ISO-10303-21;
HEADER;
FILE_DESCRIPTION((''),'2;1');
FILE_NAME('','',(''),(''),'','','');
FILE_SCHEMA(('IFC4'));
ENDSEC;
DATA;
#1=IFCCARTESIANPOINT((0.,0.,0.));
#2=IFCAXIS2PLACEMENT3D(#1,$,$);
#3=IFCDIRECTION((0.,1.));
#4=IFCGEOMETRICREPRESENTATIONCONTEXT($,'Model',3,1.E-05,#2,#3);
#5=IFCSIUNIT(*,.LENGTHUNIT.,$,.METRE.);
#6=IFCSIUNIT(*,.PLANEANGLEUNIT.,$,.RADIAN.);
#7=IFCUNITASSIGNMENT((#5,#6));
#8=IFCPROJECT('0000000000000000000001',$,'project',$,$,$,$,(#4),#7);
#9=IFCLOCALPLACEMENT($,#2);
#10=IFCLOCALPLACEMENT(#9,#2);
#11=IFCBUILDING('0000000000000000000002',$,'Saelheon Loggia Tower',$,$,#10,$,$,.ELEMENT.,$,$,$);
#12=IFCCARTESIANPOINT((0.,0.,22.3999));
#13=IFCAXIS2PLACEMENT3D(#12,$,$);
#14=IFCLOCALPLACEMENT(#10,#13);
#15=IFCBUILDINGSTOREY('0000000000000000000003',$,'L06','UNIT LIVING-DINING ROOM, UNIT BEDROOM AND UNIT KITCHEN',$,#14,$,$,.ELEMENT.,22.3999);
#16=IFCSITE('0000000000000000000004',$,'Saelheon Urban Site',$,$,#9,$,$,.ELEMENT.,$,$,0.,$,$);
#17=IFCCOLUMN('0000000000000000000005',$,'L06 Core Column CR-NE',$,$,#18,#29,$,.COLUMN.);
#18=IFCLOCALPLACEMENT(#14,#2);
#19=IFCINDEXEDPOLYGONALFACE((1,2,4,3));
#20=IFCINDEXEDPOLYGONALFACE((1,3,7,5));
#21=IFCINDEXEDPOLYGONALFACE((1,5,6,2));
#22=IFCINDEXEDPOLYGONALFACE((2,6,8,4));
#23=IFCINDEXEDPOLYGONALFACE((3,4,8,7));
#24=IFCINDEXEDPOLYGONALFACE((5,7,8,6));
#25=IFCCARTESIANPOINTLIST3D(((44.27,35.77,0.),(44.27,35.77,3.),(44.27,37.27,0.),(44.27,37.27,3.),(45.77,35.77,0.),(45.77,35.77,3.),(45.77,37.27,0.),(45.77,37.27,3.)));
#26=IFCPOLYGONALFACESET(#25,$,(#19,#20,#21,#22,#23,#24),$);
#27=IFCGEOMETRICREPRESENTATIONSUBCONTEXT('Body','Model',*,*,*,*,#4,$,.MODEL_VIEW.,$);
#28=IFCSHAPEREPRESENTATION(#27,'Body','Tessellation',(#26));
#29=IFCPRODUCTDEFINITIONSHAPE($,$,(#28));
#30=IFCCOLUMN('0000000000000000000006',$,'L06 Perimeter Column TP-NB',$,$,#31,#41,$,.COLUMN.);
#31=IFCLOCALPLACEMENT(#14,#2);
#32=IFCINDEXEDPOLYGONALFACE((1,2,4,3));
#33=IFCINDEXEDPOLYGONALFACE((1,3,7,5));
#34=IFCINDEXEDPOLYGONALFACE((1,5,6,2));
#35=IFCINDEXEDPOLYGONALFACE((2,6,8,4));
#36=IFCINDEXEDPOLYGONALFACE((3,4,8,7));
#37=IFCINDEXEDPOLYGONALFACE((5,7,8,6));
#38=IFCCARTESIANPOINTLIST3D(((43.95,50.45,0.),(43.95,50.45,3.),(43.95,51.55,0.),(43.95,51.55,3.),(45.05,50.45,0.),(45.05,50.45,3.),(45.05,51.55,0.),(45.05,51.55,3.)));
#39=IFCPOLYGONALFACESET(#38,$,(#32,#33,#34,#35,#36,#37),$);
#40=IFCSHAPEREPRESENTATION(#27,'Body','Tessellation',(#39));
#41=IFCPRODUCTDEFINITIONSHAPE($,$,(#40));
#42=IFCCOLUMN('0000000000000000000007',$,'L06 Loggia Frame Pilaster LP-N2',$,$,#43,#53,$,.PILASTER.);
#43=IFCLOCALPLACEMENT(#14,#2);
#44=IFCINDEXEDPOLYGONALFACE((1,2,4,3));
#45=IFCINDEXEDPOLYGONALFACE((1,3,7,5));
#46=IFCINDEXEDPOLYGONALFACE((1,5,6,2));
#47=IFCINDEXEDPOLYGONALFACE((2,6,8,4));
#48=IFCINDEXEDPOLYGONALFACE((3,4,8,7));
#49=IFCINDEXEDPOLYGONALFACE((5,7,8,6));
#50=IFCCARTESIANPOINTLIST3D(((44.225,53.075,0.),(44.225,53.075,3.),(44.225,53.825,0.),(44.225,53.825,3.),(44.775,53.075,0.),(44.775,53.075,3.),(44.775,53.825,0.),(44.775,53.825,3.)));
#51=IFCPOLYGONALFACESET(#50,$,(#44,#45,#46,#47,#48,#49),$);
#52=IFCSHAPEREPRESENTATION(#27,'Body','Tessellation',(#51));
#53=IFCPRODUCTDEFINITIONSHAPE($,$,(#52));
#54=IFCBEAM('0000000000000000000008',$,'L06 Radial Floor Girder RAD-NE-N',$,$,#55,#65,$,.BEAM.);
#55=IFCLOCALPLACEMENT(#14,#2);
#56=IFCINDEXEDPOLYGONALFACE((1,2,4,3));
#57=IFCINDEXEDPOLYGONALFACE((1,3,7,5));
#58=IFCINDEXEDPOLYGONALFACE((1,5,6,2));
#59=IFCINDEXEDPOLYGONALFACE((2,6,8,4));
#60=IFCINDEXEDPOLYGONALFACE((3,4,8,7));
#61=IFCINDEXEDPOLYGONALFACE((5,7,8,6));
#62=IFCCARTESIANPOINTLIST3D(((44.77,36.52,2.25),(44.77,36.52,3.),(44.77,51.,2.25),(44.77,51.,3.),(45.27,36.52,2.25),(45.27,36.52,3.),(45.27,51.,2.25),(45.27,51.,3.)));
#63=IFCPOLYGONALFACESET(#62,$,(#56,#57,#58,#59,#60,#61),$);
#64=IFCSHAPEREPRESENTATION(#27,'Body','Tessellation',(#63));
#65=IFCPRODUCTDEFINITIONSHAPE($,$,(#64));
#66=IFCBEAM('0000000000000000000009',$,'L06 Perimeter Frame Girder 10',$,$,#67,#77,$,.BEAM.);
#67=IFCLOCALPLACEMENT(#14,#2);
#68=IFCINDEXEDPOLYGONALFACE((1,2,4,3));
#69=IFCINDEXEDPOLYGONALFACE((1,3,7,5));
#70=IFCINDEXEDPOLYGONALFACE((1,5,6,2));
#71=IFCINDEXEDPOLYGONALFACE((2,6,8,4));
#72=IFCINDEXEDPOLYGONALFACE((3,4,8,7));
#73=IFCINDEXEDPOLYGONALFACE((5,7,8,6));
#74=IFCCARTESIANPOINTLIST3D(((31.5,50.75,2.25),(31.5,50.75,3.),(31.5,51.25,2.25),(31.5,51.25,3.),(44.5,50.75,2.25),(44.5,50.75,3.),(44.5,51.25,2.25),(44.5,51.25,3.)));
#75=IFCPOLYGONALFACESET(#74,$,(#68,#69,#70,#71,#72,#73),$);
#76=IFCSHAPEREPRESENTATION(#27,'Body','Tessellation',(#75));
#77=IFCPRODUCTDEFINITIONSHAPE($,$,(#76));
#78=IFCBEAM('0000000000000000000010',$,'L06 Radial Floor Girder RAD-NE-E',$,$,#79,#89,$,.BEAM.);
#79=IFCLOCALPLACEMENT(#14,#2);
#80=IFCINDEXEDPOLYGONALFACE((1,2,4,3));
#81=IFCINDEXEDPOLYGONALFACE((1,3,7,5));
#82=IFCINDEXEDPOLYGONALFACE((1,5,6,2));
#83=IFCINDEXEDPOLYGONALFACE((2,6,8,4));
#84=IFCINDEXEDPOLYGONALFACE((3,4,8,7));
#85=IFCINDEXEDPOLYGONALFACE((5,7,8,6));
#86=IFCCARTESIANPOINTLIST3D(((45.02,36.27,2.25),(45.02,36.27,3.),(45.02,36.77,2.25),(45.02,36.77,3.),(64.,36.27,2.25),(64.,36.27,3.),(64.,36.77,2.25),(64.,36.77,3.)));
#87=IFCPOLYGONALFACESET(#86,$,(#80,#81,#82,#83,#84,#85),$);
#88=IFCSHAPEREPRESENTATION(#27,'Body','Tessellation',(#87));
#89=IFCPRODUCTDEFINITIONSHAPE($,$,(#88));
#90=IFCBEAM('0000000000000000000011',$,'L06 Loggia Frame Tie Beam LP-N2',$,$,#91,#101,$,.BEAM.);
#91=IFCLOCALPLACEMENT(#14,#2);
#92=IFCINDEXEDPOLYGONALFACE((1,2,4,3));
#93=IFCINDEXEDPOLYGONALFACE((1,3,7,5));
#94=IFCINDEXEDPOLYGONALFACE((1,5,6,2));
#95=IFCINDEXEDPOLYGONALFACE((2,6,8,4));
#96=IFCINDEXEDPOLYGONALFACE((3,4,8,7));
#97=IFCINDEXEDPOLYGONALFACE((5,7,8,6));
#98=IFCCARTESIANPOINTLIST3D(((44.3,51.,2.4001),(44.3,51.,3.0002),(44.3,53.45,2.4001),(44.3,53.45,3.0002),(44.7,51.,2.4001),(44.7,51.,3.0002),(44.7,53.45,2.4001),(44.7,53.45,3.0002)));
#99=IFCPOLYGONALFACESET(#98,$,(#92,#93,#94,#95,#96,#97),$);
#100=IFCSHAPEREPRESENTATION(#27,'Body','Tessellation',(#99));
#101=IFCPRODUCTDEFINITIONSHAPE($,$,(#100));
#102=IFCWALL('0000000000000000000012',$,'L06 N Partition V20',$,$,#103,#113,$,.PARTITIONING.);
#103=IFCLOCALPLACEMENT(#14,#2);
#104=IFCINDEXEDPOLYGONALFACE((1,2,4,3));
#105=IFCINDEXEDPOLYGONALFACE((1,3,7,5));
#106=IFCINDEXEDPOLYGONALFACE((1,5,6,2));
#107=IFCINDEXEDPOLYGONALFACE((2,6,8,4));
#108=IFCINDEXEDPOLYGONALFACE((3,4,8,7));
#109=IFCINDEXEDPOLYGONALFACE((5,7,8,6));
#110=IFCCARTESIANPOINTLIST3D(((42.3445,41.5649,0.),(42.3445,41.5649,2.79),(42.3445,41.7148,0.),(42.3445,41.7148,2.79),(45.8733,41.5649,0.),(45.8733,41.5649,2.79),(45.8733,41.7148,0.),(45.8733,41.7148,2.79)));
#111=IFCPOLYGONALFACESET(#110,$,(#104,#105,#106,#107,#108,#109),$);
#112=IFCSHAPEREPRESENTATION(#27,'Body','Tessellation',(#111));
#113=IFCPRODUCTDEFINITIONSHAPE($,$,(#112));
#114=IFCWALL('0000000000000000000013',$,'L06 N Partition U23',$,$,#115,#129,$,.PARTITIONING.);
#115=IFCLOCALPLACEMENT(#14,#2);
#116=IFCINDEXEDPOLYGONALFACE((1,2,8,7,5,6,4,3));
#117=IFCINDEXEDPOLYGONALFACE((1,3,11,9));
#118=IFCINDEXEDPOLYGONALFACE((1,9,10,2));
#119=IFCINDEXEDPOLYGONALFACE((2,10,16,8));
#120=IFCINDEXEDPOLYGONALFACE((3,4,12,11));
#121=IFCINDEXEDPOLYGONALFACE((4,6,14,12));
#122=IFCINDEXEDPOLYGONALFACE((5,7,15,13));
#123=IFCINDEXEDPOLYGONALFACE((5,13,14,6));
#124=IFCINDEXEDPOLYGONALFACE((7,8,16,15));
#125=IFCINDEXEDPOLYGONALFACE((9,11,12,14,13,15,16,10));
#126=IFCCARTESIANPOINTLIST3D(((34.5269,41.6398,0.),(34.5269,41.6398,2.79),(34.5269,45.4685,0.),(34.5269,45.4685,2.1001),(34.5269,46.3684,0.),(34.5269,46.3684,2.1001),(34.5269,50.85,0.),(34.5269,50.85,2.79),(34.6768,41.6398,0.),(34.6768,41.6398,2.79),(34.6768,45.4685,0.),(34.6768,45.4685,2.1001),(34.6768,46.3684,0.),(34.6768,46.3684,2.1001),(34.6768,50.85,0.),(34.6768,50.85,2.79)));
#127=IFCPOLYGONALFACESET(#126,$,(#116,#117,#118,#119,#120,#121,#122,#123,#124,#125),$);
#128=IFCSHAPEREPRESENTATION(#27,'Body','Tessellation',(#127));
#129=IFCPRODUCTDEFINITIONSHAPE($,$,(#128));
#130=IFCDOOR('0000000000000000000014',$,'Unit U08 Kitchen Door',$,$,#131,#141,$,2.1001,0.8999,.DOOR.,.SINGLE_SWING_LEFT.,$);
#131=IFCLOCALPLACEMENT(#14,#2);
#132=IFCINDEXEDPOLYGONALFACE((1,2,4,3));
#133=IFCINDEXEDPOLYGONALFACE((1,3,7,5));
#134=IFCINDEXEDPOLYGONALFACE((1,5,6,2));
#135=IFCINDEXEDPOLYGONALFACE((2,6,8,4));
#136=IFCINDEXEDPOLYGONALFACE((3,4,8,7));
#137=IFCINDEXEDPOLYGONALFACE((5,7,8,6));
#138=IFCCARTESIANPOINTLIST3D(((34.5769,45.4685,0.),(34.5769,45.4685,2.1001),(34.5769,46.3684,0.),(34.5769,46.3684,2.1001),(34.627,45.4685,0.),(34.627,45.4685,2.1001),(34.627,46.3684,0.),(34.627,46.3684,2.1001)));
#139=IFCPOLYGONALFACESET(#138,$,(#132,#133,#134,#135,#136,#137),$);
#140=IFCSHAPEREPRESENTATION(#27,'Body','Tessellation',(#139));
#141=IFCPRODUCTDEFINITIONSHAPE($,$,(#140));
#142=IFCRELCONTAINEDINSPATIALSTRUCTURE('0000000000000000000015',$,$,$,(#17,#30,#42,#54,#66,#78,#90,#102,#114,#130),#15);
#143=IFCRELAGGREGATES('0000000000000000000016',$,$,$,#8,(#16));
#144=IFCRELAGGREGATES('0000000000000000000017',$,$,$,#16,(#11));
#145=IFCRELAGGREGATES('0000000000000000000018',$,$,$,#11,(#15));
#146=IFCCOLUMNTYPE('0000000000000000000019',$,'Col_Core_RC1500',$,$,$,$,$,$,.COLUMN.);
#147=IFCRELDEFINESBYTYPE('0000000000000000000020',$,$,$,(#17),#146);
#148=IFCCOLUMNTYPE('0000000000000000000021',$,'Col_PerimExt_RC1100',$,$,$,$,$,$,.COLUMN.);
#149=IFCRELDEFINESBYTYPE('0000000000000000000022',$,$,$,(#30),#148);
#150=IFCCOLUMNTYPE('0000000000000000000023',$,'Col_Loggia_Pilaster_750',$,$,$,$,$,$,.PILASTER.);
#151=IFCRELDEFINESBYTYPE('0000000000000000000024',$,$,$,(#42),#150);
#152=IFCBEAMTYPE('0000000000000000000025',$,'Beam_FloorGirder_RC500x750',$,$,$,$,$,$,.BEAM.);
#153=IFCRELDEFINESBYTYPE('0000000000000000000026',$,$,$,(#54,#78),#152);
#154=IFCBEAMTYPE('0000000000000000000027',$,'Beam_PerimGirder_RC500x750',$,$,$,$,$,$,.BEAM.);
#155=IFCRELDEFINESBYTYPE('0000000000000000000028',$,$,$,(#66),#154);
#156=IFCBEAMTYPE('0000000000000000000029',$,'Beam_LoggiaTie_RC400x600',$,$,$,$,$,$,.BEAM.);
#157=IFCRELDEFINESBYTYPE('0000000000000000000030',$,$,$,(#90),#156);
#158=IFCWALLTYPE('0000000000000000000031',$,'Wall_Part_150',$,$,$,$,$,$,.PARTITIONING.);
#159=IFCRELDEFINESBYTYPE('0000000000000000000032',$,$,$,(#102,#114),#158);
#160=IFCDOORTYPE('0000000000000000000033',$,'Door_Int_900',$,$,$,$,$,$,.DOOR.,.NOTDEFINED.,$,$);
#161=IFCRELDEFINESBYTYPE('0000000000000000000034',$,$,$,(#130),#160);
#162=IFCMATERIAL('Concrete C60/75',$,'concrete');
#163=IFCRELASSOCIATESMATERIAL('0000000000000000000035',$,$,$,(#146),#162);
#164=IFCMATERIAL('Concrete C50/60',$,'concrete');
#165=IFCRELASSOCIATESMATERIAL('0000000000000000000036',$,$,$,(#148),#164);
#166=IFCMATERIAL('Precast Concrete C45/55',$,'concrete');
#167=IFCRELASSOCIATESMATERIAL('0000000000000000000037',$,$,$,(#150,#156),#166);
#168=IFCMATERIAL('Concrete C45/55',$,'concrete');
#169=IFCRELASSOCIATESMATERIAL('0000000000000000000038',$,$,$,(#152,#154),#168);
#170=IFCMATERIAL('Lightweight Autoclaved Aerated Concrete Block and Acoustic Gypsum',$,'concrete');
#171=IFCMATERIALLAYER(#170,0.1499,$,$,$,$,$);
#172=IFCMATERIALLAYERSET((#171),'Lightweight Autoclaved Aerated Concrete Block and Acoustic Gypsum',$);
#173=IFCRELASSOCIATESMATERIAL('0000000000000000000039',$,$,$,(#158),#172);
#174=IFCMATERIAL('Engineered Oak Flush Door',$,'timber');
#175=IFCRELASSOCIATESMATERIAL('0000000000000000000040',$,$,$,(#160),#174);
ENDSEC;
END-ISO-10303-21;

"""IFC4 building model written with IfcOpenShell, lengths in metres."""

from ifc_helpers import new_model, si_unit, direction, frame, frame_2d, origin, origin_2d, place, context, subcontext, project, spatial, rectangle, extrude, source, transform, mapped, material, layer, layer_set, material_profile, profile_set, type_object, element, fill, save


model = new_model("IFC4")

# Units and contexts
model_context = context("Model", 3, precision=1e-05, world=origin(), true_north=direction((0.0, 1.0)))
body_context = subcontext(model_context, "Body", "Model", "MODEL_VIEW")
ifc_project = project(units=[si_unit("LENGTHUNIT", "METRE"), si_unit("PLANEANGLEUNIT", "RADIAN")], contexts=[model_context])

# Site, building, storey
site_placement = place(None, origin())
site = spatial("IfcSite", under=ifc_project, at=site_placement, Name="Saelheon Urban Site", CompositionType="ELEMENT", RefElevation=0.0)
building_placement = place(site_placement, origin())
building = spatial("IfcBuilding", under=site, at=building_placement, Name="Saelheon Loggia Tower", CompositionType="ELEMENT")
storey_placement = place(building_placement, frame((0.0, 0.0, 22.3999)))
storey = spatial("IfcBuildingStorey", under=building, at=storey_placement, Name="L06", Description="UNIT LIVING-DINING ROOM, UNIT BEDROOM AND UNIT KITCHEN", CompositionType="ELEMENT", Elevation=22.3999)

# Columns
ifc_material_1 = material(Name="Concrete C60/75", Category="concrete")
ifc_material_profile_1 = material_profile(ifc_material_1, rectangle(XDim=1.5, YDim=1.5, at=origin_2d()), Name="RC-1500x1500")
ifc_profile_set_1 = profile_set([ifc_material_profile_1], Name="Concrete C60/75")
column_type_1 = type_object("IfcColumnType", Name="Col_Core_RC1500", PredefinedType="COLUMN", material=ifc_profile_set_1)
shared_shape_1 = source(origin(), body_context, "Body", "SweptSolid", [
    extrude(rectangle(XDim=1.5, YDim=1.5, at=origin_2d()), origin(), (0.0, 0.0, 1.0), 3.0),
])
column_1_placement = place(storey_placement, frame((45.02, 36.52, 0.0), z_axis=(0.0, 0.0, 1.0), x_axis=(1.0, 0.0, 0.0)))
element("IfcColumn", 1, at=column_1_placement, inside=storey, type_object=column_type_1, Name="L06 Core Column CR-NE", PredefinedType="COLUMN", context=body_context, shape_type="MappedRepresentation", body=[
    mapped(shared_shape_1, transform((0.0, 0.0, 0.0), scale=1.0)),
])
ifc_material_2 = material(Name="Concrete C50/60", Category="concrete")
ifc_material_profile_2 = material_profile(ifc_material_2, rectangle(XDim=1.1001, YDim=1.1001, at=origin_2d()), Name="RC-1100x1100")
ifc_profile_set_2 = profile_set([ifc_material_profile_2], Name="Concrete C50/60")
column_type_2 = type_object("IfcColumnType", Name="Col_PerimExt_RC1100", PredefinedType="COLUMN", material=ifc_profile_set_2)
shared_shape_2 = source(origin(), body_context, "Body", "SweptSolid", [
    extrude(rectangle(XDim=1.1001, YDim=1.1001, at=origin_2d()), origin(), (0.0, 0.0, 1.0), 3.0),
])
column_2_placement = place(storey_placement, frame((44.5, 51.0, 0.0), z_axis=(0.0, 0.0, 1.0), x_axis=(1.0, 0.0, 0.0)))
element("IfcColumn", 2, at=column_2_placement, inside=storey, type_object=column_type_2, Name="L06 Perimeter Column TP-NB", PredefinedType="COLUMN", context=body_context, shape_type="MappedRepresentation", body=[
    mapped(shared_shape_2, transform((0.0, 0.0, 0.0), scale=1.0)),
])
ifc_material_3 = material(Name="Precast Concrete C45/55", Category="concrete")
ifc_material_profile_3 = material_profile(ifc_material_3, rectangle(XDim=0.55, YDim=0.75, at=origin_2d()), Name="RC-550x750")
ifc_profile_set_3 = profile_set([ifc_material_profile_3], Name="Precast Concrete C45/55")
column_type_3 = type_object("IfcColumnType", Name="Col_Loggia_Pilaster_750", PredefinedType="PILASTER", material=ifc_profile_set_3)
shared_shape_3 = source(origin(), body_context, "Body", "SweptSolid", [
    extrude(rectangle(XDim=0.55, YDim=0.75, at=origin_2d()), origin(), (0.0, 0.0, 1.0), 3.0),
])
column_3_placement = place(storey_placement, frame((44.5, 53.45, 0.0), z_axis=(0.0, 0.0, 1.0), x_axis=(1.0, 0.0, 0.0)))
element("IfcColumn", 3, at=column_3_placement, inside=storey, type_object=column_type_3, Name="L06 Loggia Frame Pilaster LP-N2", PredefinedType="PILASTER", context=body_context, shape_type="MappedRepresentation", body=[
    mapped(shared_shape_3, transform((0.0, 0.0, 0.0), scale=1.0)),
])

# Beams
ifc_material_4 = material(Name="Concrete C45/55", Category="concrete")
ifc_material_profile_4 = material_profile(ifc_material_4, rectangle(XDim=0.5, YDim=0.75, at=origin_2d()), Name="RC-500x750")
ifc_profile_set_4 = profile_set([ifc_material_profile_4], Name="Concrete C45/55")
beam_type_1 = type_object("IfcBeamType", Name="Beam_FloorGirder_RC500x750", PredefinedType="BEAM", material=ifc_profile_set_4)
shared_shape_4 = source(origin(), body_context, "Body", "SweptSolid", [
    extrude(rectangle(XDim=0.5, YDim=0.75, at=origin_2d()), origin(), (0.0, 0.0, 1.0), 14.48),
])
beam_1_placement = place(storey_placement, frame((45.02, 36.52, 2.625), z_axis=(0.0, 1.0, 0.0), x_axis=(-1.0, 0.0, 0.0)))
element("IfcBeam", 4, at=beam_1_placement, inside=storey, type_object=beam_type_1, Name="L06 Radial Floor Girder RAD-NE-N", PredefinedType="BEAM", context=body_context, shape_type="MappedRepresentation", body=[
    mapped(shared_shape_4, transform((0.0, 0.0, 0.0), scale=1.0)),
])
ifc_material_profile_5 = material_profile(ifc_material_4, rectangle(XDim=0.5, YDim=0.75, at=origin_2d()), Name="RC-500x750")
ifc_profile_set_5 = profile_set([ifc_material_profile_5], Name="Concrete C45/55")
beam_type_2 = type_object("IfcBeamType", Name="Beam_PerimGirder_RC500x750", PredefinedType="BEAM", material=ifc_profile_set_5)
shared_shape_5 = source(origin(), body_context, "Body", "SweptSolid", [
    extrude(rectangle(XDim=0.5, YDim=0.75, at=origin_2d()), origin(), (0.0, 0.0, 1.0), 13.0),
])
beam_2_placement = place(storey_placement, frame((44.5, 51.0, 2.625), z_axis=(-1.0, 0.0, 0.0), x_axis=(0.0, -1.0, 0.0)))
element("IfcBeam", 5, at=beam_2_placement, inside=storey, type_object=beam_type_2, Name="L06 Perimeter Frame Girder 10", PredefinedType="BEAM", context=body_context, shape_type="MappedRepresentation", body=[
    mapped(shared_shape_5, transform((0.0, 0.0, 0.0), scale=1.0)),
])
shared_shape_6 = source(origin(), body_context, "Body", "SweptSolid", [
    extrude(rectangle(XDim=0.5, YDim=0.75, at=origin_2d()), origin(), (0.0, 0.0, 1.0), 18.98),
])
beam_3_placement = place(storey_placement, frame((45.02, 36.52, 2.625), z_axis=(1.0, 0.0, 0.0), x_axis=(0.0, 1.0, 0.0)))
element("IfcBeam", 6, at=beam_3_placement, inside=storey, type_object=beam_type_1, Name="L06 Radial Floor Girder RAD-NE-E", PredefinedType="BEAM", context=body_context, shape_type="MappedRepresentation", body=[
    mapped(shared_shape_6, transform((0.0, 0.0, 0.0), scale=1.0)),
])
ifc_material_profile_6 = material_profile(ifc_material_3, rectangle(XDim=0.3999, YDim=0.6001, at=origin_2d()), Name="RC-400x600")
ifc_profile_set_6 = profile_set([ifc_material_profile_6], Name="Precast Concrete C45/55")
beam_type_3 = type_object("IfcBeamType", Name="Beam_LoggiaTie_RC400x600", PredefinedType="BEAM", material=ifc_profile_set_6)
shared_shape_7 = source(origin(), body_context, "Body", "SweptSolid", [
    extrude(rectangle(XDim=0.3999, YDim=0.6001, at=origin_2d()), origin(), (0.0, 0.0, 1.0), 2.45),
])
beam_4_placement = place(storey_placement, frame((44.5, 51.0, 2.7002), z_axis=(0.0, 1.0, 0.0), x_axis=(-1.0, 0.0, 0.0)))
element("IfcBeam", 7, at=beam_4_placement, inside=storey, type_object=beam_type_3, Name="L06 Loggia Frame Tie Beam LP-N2", PredefinedType="BEAM", context=body_context, shape_type="MappedRepresentation", body=[
    mapped(shared_shape_7, transform((0.0, 0.0, 0.0), scale=1.0)),
])

# Wall
ifc_material_5 = material(Name="Lightweight Autoclaved Aerated Concrete Block and Acoustic Gypsum", Category="concrete")
ifc_layer_1 = layer(ifc_material_5, 0.1499)
ifc_layer_set_1 = layer_set([ifc_layer_1], Name="Lightweight Autoclaved Aerated Concrete Block and Acoustic Gypsum")
wall_type_1 = type_object("IfcWallType", Name="Wall_Part_150", PredefinedType="PARTITIONING", material=ifc_layer_set_1)
wall_1_placement = place(storey_placement, frame((42.3445, 41.6399, 0.0), z_axis=(0.0, 0.0, 1.0), x_axis=(1.0, 0.0, 0.0)))
element("IfcWall", 8, at=wall_1_placement, inside=storey, type_object=wall_type_1, Name="L06 N Partition V20", PredefinedType="PARTITIONING", context=body_context, shape_type="SweptSolid", body=[
    extrude(rectangle(XDim=3.5288, YDim=0.1499, at=frame_2d((1.7644, 0.0))), origin(), (0.0, 0.0, 1.0), 2.79),
])

# Wall, opening, door
wall_2_placement = place(storey_placement, frame((34.6018, 41.6399, 0.0), z_axis=(0.0, 0.0, 1.0), x_axis=(0.0, 1.0, 0.0)))
wall_2 = element("IfcWall", 9, at=wall_2_placement, inside=storey, type_object=wall_type_1, Name="L06 N Partition U23", PredefinedType="PARTITIONING", context=body_context, shape_type="SweptSolid", body=[
    extrude(rectangle(XDim=9.2102, YDim=0.1499, at=frame_2d((4.605, 0.0))), origin(), (0.0, 0.0, 1.0), 2.79),
])
opening_1_placement = place(wall_2_placement, frame((3.8286, 0.0, 0.0)))
opening_1 = element("IfcOpeningElement", 10, at=opening_1_placement, cuts=wall_2, PredefinedType="OPENING", context=body_context, shape_type="SweptSolid", body=[
    extrude(rectangle(XDim=0.8999, YDim=2.1001, at=frame_2d((0.45, 1.05))), frame((0.0, 0.0869, 0.0), z_axis=(0.0, -1.0, 0.0), x_axis=(1.0, 0.0, 0.0)), (0.0, 0.0, 1.0), 0.1738),
])
ifc_material_6 = material(Name="Engineered Oak Flush Door", Category="timber")
door_type_1 = type_object("IfcDoorType", Name="Door_Int_900", OperationType="NOTDEFINED", PredefinedType="DOOR", material=ifc_material_6)
shared_shape_8 = source(origin(), body_context, "Body", "SweptSolid", [
    extrude(rectangle(XDim=0.8999, YDim=2.1001, at=frame_2d((0.45, 1.05))), frame((0.0, 0.0249, 0.0), z_axis=(0.0, -1.0, 0.0), x_axis=(1.0, 0.0, 0.0)), (0.0, 0.0, 1.0), 0.05),
])
door_1_placement = place(opening_1_placement, origin())
door_1 = element("IfcDoor", 11, at=door_1_placement, inside=storey, type_object=door_type_1, Name="Unit U08 Kitchen Door", OperationType="SINGLE_SWING_LEFT", OverallHeight=2.1001, OverallWidth=0.8999, PredefinedType="DOOR", context=body_context, shape_type="MappedRepresentation", body=[
    mapped(shared_shape_8, transform((0.0, 0.0, 0.0), scale=1.0)),
])
fill(opening_1, door_1)

save(model, "model.ifc")
